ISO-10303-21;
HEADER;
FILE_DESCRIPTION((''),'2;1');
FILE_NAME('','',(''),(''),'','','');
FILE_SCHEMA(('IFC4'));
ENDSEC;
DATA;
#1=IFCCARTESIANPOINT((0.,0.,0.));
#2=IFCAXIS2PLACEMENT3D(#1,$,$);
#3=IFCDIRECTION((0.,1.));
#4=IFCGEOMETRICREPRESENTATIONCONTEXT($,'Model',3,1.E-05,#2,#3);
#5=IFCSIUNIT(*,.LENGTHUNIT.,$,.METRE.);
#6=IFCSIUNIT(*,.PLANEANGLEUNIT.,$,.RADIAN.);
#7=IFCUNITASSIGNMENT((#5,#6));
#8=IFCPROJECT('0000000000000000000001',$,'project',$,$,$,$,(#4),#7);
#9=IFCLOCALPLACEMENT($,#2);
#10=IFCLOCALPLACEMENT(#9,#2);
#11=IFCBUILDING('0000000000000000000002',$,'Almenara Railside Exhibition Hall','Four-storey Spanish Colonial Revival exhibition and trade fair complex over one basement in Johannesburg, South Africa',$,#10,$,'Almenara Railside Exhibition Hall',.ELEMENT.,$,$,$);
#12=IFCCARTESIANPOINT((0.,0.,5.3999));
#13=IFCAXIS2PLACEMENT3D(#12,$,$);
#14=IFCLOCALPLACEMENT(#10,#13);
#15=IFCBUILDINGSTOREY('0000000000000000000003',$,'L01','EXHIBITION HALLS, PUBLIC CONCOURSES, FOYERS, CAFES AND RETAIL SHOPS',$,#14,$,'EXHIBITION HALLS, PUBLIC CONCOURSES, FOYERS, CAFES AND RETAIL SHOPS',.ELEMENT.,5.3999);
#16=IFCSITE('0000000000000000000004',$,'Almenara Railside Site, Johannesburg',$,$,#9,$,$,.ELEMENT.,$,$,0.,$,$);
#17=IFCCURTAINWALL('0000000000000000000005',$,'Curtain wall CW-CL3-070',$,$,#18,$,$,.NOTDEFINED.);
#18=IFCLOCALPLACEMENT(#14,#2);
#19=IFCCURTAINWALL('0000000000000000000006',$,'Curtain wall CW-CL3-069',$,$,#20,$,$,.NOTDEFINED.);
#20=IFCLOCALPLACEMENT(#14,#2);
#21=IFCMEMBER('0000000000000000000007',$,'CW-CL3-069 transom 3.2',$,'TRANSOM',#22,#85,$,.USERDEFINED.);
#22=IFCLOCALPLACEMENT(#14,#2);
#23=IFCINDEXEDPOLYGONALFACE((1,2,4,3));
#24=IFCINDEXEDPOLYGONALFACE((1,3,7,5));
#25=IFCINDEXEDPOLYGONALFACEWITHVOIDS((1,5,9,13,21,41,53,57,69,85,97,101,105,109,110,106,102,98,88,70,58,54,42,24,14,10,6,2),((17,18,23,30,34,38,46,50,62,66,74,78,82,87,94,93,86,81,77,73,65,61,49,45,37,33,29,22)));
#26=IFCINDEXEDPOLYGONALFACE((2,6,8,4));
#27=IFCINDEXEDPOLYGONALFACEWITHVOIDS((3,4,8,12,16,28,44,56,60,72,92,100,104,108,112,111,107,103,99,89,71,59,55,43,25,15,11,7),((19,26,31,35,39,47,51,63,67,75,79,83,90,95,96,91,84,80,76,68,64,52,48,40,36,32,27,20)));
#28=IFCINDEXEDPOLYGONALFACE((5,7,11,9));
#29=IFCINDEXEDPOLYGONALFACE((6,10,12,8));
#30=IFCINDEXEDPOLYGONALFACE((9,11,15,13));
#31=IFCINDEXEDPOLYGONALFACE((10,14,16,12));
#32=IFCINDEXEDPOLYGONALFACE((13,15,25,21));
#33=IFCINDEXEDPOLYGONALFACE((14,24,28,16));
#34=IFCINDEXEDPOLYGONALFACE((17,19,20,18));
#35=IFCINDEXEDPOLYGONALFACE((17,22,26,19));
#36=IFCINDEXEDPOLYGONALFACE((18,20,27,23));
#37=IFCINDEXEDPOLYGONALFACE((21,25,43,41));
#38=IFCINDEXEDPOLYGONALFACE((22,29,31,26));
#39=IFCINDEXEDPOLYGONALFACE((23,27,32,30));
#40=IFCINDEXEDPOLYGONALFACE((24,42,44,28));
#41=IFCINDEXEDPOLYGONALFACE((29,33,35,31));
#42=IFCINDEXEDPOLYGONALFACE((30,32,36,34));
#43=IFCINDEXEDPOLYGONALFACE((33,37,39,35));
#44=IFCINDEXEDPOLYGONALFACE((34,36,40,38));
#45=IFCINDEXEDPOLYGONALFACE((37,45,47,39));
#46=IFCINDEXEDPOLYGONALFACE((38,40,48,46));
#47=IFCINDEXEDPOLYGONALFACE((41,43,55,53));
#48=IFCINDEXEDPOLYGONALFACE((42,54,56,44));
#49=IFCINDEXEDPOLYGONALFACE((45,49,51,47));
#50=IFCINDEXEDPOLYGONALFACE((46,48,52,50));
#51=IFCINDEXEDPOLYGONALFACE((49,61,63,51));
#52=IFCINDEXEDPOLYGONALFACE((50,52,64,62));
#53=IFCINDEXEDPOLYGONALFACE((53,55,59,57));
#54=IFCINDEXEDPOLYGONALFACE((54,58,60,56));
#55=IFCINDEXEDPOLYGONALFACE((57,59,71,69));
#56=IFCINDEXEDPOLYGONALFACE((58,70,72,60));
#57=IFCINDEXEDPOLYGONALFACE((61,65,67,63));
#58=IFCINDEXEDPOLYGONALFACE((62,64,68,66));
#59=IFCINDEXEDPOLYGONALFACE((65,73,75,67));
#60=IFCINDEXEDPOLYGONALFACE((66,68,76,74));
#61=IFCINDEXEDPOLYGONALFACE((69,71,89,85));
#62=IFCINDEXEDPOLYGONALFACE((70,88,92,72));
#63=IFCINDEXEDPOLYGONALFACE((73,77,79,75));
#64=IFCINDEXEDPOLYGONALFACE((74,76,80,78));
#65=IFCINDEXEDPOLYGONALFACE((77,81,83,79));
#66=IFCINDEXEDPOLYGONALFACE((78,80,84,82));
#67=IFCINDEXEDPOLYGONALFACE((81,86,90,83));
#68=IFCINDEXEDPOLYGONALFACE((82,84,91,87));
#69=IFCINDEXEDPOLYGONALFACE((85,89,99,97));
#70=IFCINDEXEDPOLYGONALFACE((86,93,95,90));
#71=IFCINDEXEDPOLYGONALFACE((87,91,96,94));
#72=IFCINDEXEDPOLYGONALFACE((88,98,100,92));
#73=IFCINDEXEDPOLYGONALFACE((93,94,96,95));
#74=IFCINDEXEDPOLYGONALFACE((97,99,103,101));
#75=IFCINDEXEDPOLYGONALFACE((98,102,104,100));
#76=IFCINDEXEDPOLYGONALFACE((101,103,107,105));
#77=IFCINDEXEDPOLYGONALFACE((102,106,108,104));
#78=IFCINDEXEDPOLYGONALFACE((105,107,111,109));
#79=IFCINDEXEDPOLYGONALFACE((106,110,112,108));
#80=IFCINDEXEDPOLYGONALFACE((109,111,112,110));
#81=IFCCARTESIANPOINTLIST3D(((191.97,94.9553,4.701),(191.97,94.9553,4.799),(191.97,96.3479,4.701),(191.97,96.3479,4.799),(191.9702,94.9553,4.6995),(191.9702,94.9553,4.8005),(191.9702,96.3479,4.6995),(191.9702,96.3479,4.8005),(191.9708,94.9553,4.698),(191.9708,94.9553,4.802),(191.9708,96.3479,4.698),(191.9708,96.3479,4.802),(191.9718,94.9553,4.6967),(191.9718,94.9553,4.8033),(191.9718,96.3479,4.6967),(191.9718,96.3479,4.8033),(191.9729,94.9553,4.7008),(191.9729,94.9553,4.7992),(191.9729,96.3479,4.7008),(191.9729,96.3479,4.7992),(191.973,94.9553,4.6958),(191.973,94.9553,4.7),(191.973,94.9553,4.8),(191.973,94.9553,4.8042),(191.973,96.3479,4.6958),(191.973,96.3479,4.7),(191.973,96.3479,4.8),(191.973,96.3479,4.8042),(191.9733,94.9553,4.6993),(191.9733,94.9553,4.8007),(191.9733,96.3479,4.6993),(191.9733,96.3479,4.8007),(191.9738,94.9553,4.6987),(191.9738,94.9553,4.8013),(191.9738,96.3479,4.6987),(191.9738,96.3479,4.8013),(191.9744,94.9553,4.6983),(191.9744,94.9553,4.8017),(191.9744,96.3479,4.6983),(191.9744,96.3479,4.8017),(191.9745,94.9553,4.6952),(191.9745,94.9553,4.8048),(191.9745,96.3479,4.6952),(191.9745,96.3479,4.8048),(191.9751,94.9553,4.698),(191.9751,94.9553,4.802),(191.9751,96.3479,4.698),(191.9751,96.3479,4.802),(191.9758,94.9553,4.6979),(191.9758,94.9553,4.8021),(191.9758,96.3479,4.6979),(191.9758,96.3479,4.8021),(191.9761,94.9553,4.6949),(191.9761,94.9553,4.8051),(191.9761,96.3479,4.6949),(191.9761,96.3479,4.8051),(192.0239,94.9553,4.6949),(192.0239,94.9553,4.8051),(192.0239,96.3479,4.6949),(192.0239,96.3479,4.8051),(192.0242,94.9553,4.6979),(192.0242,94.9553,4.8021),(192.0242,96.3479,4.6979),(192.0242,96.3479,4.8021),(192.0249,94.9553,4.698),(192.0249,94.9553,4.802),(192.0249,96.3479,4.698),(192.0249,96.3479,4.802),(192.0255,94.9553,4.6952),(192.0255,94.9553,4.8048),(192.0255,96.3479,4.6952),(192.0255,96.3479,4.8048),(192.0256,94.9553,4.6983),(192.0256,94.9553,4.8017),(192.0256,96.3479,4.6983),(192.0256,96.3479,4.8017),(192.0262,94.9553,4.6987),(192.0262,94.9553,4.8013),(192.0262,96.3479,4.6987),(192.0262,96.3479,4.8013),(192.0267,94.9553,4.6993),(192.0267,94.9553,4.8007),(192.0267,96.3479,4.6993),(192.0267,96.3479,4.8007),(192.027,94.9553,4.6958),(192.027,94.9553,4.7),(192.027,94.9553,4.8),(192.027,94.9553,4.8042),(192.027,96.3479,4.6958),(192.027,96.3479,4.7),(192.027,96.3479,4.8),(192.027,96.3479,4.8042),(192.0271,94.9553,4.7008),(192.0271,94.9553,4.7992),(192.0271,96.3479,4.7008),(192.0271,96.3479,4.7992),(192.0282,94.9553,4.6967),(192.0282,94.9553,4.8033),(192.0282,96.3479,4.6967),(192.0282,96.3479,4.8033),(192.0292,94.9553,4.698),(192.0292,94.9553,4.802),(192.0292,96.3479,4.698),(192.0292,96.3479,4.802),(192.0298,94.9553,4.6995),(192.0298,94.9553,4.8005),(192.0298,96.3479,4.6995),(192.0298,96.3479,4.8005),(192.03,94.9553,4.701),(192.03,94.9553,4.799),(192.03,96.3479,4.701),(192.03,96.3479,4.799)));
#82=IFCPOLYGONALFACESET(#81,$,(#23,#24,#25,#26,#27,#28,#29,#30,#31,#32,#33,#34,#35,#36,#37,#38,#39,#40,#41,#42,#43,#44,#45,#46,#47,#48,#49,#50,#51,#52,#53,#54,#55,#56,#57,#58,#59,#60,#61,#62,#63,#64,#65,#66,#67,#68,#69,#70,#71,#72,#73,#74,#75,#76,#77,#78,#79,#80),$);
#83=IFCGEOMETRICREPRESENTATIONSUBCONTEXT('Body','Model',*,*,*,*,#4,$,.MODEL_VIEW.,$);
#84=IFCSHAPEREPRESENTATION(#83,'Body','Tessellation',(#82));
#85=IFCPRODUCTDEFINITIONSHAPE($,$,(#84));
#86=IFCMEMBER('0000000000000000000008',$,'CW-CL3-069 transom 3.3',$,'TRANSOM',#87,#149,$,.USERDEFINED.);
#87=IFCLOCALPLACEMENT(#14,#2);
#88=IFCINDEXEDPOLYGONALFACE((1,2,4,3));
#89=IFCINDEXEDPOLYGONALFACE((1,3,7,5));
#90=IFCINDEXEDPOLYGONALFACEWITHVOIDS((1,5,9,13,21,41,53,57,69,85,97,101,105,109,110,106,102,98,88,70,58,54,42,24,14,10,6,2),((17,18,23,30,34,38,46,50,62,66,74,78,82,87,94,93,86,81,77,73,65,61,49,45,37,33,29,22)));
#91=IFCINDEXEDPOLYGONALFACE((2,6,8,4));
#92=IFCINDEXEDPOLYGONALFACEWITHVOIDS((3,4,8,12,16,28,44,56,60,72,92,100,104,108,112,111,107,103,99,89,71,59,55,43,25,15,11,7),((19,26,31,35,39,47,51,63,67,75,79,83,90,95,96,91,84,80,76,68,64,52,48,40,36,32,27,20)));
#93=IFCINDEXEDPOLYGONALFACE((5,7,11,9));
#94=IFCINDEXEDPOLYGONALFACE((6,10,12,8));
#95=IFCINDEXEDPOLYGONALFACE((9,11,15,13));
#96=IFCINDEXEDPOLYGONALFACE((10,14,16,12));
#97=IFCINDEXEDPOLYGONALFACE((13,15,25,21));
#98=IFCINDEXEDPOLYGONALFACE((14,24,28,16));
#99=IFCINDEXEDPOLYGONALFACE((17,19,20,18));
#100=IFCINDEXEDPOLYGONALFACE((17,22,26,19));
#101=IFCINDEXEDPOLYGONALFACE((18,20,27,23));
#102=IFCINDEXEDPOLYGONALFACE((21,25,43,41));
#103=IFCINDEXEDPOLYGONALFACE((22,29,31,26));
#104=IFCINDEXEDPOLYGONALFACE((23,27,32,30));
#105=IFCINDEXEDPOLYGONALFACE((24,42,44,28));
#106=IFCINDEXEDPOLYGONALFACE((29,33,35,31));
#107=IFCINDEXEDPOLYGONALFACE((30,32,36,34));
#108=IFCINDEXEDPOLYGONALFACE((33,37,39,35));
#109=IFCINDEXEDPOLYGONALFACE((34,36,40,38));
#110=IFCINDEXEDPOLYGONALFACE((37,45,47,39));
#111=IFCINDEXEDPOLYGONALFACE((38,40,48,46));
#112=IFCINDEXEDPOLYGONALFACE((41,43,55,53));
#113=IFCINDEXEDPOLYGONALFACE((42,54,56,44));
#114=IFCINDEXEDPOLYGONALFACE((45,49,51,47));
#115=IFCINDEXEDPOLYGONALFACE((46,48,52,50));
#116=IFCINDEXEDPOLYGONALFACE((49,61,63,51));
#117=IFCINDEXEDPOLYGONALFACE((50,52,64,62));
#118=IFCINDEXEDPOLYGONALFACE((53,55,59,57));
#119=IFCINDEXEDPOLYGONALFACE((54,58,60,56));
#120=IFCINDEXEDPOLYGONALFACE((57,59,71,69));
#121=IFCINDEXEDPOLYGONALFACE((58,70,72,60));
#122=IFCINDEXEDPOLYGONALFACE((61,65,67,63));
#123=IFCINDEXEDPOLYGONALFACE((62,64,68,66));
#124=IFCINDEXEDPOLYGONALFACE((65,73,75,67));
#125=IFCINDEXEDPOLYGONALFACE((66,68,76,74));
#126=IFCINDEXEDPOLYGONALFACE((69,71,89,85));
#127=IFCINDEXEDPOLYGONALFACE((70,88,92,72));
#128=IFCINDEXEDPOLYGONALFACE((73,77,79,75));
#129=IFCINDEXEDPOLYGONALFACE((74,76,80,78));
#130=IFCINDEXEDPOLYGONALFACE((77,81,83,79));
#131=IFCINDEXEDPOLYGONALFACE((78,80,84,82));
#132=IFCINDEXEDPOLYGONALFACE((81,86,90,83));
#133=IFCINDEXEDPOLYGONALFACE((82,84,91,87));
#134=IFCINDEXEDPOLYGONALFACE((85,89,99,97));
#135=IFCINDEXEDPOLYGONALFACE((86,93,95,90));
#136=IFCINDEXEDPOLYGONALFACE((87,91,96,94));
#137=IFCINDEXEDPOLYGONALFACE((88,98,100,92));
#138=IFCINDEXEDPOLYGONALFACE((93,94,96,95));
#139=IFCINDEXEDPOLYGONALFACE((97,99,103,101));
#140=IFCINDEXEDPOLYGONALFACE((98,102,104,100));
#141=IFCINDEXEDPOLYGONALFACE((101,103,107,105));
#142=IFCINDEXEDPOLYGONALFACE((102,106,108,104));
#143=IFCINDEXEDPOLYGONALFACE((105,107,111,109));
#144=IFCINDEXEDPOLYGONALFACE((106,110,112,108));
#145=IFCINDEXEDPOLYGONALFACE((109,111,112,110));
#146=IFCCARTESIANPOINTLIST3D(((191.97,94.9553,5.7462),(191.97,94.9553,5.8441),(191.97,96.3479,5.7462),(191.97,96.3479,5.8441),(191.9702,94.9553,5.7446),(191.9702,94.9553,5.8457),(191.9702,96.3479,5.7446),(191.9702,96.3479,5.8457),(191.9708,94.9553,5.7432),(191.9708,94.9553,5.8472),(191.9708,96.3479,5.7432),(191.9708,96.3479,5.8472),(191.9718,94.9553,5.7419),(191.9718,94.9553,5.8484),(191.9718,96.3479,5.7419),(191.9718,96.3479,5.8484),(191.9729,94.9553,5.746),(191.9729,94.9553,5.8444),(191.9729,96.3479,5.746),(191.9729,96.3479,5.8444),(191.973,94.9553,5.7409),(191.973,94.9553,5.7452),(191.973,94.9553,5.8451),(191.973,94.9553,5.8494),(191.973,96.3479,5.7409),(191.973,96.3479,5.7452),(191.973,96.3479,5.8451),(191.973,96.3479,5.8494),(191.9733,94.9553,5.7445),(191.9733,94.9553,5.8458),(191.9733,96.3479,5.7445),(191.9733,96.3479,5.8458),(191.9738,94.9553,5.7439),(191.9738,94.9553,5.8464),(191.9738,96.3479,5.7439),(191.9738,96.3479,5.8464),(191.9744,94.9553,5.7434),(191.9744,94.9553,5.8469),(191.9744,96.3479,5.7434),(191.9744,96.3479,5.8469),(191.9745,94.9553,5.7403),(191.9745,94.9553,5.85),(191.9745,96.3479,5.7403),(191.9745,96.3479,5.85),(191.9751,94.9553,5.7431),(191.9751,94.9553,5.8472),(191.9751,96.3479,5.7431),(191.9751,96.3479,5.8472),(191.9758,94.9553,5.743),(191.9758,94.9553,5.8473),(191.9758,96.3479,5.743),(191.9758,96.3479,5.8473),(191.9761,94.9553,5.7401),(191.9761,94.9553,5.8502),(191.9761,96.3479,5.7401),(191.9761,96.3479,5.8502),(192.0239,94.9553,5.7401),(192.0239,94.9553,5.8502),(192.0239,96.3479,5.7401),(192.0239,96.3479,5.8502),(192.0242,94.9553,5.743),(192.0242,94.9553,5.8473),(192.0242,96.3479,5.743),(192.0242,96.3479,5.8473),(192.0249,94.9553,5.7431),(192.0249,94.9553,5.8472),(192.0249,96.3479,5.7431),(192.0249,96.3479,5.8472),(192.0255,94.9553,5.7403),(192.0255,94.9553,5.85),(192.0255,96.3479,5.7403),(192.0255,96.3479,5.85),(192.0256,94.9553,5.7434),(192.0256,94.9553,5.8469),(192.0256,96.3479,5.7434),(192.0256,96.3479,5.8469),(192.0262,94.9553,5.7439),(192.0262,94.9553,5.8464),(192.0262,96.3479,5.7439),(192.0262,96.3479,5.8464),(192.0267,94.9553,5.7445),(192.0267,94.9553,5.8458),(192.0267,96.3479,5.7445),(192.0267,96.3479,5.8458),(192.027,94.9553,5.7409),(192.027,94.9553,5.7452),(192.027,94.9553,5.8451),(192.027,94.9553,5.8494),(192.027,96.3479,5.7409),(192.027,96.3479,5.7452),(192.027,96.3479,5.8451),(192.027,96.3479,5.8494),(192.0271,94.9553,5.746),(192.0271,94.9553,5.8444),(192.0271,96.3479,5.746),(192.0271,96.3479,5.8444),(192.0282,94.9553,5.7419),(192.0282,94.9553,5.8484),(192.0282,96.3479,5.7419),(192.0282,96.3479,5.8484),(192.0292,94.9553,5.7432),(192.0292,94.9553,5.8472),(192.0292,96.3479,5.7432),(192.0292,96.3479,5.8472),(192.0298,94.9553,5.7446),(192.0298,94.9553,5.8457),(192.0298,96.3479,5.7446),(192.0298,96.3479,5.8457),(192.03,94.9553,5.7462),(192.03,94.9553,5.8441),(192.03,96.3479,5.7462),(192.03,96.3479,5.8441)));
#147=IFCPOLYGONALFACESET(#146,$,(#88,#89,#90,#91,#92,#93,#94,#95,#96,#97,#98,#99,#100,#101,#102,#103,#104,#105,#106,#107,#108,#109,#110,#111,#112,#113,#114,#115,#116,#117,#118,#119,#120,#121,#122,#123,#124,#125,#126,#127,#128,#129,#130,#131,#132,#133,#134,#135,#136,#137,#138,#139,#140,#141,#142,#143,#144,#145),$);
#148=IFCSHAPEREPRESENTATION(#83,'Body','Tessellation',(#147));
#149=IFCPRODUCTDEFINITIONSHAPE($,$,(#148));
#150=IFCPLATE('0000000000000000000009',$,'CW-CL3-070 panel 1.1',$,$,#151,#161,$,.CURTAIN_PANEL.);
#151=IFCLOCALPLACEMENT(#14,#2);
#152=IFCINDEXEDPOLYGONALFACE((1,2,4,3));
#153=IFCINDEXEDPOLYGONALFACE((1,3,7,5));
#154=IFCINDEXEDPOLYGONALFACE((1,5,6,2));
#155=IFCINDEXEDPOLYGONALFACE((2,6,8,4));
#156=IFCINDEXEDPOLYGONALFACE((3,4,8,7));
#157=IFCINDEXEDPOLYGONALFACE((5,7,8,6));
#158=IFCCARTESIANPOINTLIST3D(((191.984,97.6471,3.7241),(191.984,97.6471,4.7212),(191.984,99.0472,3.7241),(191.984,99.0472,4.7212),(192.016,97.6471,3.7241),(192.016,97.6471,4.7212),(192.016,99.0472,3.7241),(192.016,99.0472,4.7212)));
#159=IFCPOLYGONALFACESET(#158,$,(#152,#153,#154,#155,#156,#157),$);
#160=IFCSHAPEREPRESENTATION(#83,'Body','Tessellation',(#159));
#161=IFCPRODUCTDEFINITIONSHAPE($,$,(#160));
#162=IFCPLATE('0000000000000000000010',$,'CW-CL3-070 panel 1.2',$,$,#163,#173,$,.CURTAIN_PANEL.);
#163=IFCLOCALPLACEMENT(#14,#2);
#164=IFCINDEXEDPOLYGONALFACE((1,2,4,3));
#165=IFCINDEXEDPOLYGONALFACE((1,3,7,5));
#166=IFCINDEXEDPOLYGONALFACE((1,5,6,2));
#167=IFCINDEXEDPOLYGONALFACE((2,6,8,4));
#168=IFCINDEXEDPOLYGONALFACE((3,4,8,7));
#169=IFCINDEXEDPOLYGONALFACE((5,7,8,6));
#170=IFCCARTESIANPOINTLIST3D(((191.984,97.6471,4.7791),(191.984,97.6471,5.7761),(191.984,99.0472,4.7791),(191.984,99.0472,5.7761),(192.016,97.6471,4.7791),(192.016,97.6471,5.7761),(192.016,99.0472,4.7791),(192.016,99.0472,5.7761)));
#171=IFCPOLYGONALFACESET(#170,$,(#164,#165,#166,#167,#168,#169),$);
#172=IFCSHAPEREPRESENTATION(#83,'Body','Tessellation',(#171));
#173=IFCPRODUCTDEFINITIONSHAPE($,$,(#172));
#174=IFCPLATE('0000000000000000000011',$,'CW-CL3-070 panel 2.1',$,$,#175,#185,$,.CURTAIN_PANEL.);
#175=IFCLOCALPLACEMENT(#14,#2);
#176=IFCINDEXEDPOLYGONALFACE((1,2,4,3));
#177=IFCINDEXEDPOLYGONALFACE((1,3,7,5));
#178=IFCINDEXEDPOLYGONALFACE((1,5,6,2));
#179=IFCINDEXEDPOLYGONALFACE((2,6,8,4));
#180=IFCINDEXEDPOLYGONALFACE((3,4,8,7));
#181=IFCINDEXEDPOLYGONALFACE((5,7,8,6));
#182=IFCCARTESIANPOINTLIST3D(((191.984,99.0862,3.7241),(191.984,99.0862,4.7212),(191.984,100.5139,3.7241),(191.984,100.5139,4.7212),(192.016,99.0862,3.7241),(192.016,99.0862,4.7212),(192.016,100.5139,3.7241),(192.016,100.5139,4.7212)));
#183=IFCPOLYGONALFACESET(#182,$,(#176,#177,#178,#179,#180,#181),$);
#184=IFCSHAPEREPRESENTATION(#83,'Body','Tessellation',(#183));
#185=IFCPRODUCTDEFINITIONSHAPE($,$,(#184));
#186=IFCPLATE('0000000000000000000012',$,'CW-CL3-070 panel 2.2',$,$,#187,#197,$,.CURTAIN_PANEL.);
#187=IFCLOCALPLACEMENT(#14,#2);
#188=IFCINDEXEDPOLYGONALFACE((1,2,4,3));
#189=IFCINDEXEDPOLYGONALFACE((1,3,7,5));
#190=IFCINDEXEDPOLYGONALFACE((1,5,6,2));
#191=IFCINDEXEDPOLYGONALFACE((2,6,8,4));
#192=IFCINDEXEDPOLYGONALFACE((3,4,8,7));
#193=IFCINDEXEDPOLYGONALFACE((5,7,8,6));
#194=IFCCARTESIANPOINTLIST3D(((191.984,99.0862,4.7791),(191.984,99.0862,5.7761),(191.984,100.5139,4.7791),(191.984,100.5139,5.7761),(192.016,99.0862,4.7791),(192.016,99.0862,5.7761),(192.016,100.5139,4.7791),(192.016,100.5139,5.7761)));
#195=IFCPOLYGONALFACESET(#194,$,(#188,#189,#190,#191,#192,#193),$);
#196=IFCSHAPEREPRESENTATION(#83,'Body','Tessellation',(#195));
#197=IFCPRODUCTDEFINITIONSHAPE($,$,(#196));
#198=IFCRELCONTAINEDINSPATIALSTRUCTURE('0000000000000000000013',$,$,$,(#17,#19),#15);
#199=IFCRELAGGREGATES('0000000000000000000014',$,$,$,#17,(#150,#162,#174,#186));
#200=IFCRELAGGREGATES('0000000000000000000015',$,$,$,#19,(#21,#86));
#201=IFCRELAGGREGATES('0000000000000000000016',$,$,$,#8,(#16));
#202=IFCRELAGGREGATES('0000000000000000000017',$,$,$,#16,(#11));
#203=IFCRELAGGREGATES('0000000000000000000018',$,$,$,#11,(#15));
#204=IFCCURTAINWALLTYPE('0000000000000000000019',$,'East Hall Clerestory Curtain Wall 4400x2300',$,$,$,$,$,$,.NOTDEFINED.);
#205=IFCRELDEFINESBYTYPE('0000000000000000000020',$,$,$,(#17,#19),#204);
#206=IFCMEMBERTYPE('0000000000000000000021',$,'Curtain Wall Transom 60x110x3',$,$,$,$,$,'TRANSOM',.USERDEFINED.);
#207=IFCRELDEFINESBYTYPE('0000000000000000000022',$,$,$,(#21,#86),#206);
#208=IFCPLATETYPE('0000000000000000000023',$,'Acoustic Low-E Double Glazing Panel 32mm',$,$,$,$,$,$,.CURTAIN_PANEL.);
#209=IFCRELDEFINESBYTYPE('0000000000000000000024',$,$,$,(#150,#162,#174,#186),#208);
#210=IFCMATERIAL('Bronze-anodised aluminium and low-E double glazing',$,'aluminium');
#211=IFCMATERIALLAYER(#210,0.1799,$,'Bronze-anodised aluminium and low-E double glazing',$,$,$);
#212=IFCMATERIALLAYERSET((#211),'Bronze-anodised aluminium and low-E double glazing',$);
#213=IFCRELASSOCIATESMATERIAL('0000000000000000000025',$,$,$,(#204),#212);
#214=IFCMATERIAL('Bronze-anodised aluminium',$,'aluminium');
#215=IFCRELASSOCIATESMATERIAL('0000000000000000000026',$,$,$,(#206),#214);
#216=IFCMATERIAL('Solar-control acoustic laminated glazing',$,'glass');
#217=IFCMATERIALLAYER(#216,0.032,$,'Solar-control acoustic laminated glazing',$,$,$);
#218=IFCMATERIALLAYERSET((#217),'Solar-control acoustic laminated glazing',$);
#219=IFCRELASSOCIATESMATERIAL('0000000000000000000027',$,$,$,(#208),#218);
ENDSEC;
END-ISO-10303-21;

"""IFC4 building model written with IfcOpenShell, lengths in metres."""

from ifc_helpers import new_model, si_unit, direction, frame, origin, origin_2d, place, context, subcontext, project, spatial, rectangle, hollow_rectangle, extrude, material, layer, layer_set, material_profile, profile_set, type_object, element, aggregate, save


model = new_model("IFC4")

# Units and contexts
model_context = context("Model", 3, precision=1e-05, world=origin(), true_north=direction((0.0, 1.0)))
body_context = subcontext(model_context, "Body", "Model", "MODEL_VIEW")
ifc_project = project(units=[si_unit("LENGTHUNIT", "METRE"), si_unit("PLANEANGLEUNIT", "RADIAN")], contexts=[model_context])

# Site, building, storey
site_placement = place(None, origin())
site = spatial("IfcSite", under=ifc_project, at=site_placement, Name="Almenara Railside Site, Johannesburg", CompositionType="ELEMENT", RefElevation=0.0)
building_placement = place(site_placement, origin())
building = spatial("IfcBuilding", under=site, at=building_placement, Name="Almenara Railside Exhibition Hall", Description="Four-storey Spanish Colonial Revival exhibition and trade fair complex over one basement in Johannesburg, South Africa", LongName="Almenara Railside Exhibition Hall", CompositionType="ELEMENT")
storey_placement = place(building_placement, frame((0.0, 0.0, 5.3999)))
storey = spatial("IfcBuildingStorey", under=building, at=storey_placement, Name="L01", Description="EXHIBITION HALLS, PUBLIC CONCOURSES, FOYERS, CAFES AND RETAIL SHOPS", LongName="EXHIBITION HALLS, PUBLIC CONCOURSES, FOYERS, CAFES AND RETAIL SHOPS", CompositionType="ELEMENT", Elevation=5.3999)

# Curtain wall
ifc_material_1 = material(Name="Bronze-anodised aluminium and low-E double glazing", Category="aluminium")
ifc_layer_1 = layer(ifc_material_1, 0.1799, Name="Bronze-anodised aluminium and low-E double glazing")
ifc_layer_set_1 = layer_set([ifc_layer_1], Name="Bronze-anodised aluminium and low-E double glazing")
curtain_wall_type = type_object("IfcCurtainWallType", Name="East Hall Clerestory Curtain Wall 4400x2300", PredefinedType="NOTDEFINED", material=ifc_layer_set_1)
curtain_wall_1_placement = place(storey_placement, origin())
curtain_wall_1 = element("IfcCurtainWall", 1, at=curtain_wall_1_placement, inside=storey, type_object=curtain_wall_type, Name="Curtain wall CW-CL3-070", PredefinedType="NOTDEFINED")
ifc_material_2 = material(Name="Bronze-anodised aluminium", Category="aluminium")

# Curtain wall
curtain_wall_2_placement = place(storey_placement, origin())
curtain_wall_2 = element("IfcCurtainWall", 2, at=curtain_wall_2_placement, inside=storey, type_object=curtain_wall_type, Name="Curtain wall CW-CL3-069", PredefinedType="NOTDEFINED")

# Members
ifc_material_profile_1 = material_profile(ifc_material_2, hollow_rectangle(XDim=0.0601, YDim=0.1101, WallThickness=0.0029, InnerFilletRadius=0.0029, OuterFilletRadius=0.0061, at=origin_2d()), Name="ALU-TRN 60x110x3")
ifc_profile_set_1 = profile_set([ifc_material_profile_1], Name="Bronze-anodised aluminium")
member_type_1 = type_object("IfcMemberType", Name="Curtain Wall Transom 60x110x3", ElementType="TRANSOM", PredefinedType="USERDEFINED", material=ifc_profile_set_1)
member_1_placement = place(storey_placement, frame((192.0, 94.9553, 4.75), z_axis=(0.0, 1.0, 0.0), x_axis=(-1.0, 0.0, 0.0)))
member_1 = element("IfcMember", 3, at=member_1_placement, type_object=member_type_1, Name="CW-CL3-069 transom 3.2", ObjectType="TRANSOM", PredefinedType="USERDEFINED", context=body_context, shape_type="SweptSolid", body=[
    extrude(hollow_rectangle(XDim=0.0601, YDim=0.1101, WallThickness=0.0029, InnerFilletRadius=0.0029, OuterFilletRadius=0.0061, at=origin_2d()), origin(), (0.0, 0.0, 1.0), 1.3926),
])
member_2_placement = place(storey_placement, frame((192.0, 94.9553, 5.7952), z_axis=(0.0, 1.0, 0.0), x_axis=(-1.0, 0.0, 0.0)))
member_2 = element("IfcMember", 4, at=member_2_placement, type_object=member_type_1, Name="CW-CL3-069 transom 3.3", ObjectType="TRANSOM", PredefinedType="USERDEFINED", context=body_context, shape_type="SweptSolid", body=[
    extrude(hollow_rectangle(XDim=0.0601, YDim=0.1101, WallThickness=0.0029, InnerFilletRadius=0.0029, OuterFilletRadius=0.0061, at=origin_2d()), origin(), (0.0, 0.0, 1.0), 1.3926),
])

# Plates
ifc_material_3 = material(Name="Solar-control acoustic laminated glazing", Category="glass")
ifc_layer_2 = layer(ifc_material_3, 0.032, Name="Solar-control acoustic laminated glazing")
ifc_layer_set_2 = layer_set([ifc_layer_2], Name="Solar-control acoustic laminated glazing")
plate_type_1 = type_object("IfcPlateType", Name="Acoustic Low-E Double Glazing Panel 32mm", PredefinedType="CURTAIN_PANEL", material=ifc_layer_set_2)
plate_1_placement = place(storey_placement, frame((192.0, 98.3472, 3.7241), z_axis=(0.0, 0.0, 1.0), x_axis=(0.0, 1.0, 0.0)))
plate_1 = element("IfcPlate", 5, at=plate_1_placement, type_object=plate_type_1, Name="CW-CL3-070 panel 1.1", PredefinedType="CURTAIN_PANEL", context=body_context, shape_type="SweptSolid", body=[
    extrude(rectangle(XDim=1.4001, YDim=0.032, at=origin_2d()), origin(), (0.0, 0.0, 1.0), 0.9971),
])
plate_2_placement = place(storey_placement, frame((192.0, 98.3472, 4.7791), z_axis=(0.0, 0.0, 1.0), x_axis=(0.0, 1.0, 0.0)))
plate_2 = element("IfcPlate", 6, at=plate_2_placement, type_object=plate_type_1, Name="CW-CL3-070 panel 1.2", PredefinedType="CURTAIN_PANEL", context=body_context, shape_type="SweptSolid", body=[
    extrude(rectangle(XDim=1.4001, YDim=0.032, at=origin_2d()), origin(), (0.0, 0.0, 1.0), 0.9971),
])
plate_3_placement = place(storey_placement, frame((192.0, 99.8, 3.7241), z_axis=(0.0, 0.0, 1.0), x_axis=(0.0, 1.0, 0.0)))
plate_3 = element("IfcPlate", 7, at=plate_3_placement, type_object=plate_type_1, Name="CW-CL3-070 panel 2.1", PredefinedType="CURTAIN_PANEL", context=body_context, shape_type="SweptSolid", body=[
    extrude(rectangle(XDim=1.4277, YDim=0.032, at=origin_2d()), origin(), (0.0, 0.0, 1.0), 0.9971),
])
plate_4_placement = place(storey_placement, frame((192.0, 99.8, 4.7791), z_axis=(0.0, 0.0, 1.0), x_axis=(0.0, 1.0, 0.0)))
plate_4 = element("IfcPlate", 8, at=plate_4_placement, type_object=plate_type_1, Name="CW-CL3-070 panel 2.2", PredefinedType="CURTAIN_PANEL", context=body_context, shape_type="SweptSolid", body=[
    extrude(rectangle(XDim=1.4277, YDim=0.032, at=origin_2d()), origin(), (0.0, 0.0, 1.0), 0.9971),
])
aggregate(curtain_wall_1, [plate_1, plate_2, plate_3, plate_4])
aggregate(curtain_wall_2, [member_1, member_2])

save(model, "model.ifc")
